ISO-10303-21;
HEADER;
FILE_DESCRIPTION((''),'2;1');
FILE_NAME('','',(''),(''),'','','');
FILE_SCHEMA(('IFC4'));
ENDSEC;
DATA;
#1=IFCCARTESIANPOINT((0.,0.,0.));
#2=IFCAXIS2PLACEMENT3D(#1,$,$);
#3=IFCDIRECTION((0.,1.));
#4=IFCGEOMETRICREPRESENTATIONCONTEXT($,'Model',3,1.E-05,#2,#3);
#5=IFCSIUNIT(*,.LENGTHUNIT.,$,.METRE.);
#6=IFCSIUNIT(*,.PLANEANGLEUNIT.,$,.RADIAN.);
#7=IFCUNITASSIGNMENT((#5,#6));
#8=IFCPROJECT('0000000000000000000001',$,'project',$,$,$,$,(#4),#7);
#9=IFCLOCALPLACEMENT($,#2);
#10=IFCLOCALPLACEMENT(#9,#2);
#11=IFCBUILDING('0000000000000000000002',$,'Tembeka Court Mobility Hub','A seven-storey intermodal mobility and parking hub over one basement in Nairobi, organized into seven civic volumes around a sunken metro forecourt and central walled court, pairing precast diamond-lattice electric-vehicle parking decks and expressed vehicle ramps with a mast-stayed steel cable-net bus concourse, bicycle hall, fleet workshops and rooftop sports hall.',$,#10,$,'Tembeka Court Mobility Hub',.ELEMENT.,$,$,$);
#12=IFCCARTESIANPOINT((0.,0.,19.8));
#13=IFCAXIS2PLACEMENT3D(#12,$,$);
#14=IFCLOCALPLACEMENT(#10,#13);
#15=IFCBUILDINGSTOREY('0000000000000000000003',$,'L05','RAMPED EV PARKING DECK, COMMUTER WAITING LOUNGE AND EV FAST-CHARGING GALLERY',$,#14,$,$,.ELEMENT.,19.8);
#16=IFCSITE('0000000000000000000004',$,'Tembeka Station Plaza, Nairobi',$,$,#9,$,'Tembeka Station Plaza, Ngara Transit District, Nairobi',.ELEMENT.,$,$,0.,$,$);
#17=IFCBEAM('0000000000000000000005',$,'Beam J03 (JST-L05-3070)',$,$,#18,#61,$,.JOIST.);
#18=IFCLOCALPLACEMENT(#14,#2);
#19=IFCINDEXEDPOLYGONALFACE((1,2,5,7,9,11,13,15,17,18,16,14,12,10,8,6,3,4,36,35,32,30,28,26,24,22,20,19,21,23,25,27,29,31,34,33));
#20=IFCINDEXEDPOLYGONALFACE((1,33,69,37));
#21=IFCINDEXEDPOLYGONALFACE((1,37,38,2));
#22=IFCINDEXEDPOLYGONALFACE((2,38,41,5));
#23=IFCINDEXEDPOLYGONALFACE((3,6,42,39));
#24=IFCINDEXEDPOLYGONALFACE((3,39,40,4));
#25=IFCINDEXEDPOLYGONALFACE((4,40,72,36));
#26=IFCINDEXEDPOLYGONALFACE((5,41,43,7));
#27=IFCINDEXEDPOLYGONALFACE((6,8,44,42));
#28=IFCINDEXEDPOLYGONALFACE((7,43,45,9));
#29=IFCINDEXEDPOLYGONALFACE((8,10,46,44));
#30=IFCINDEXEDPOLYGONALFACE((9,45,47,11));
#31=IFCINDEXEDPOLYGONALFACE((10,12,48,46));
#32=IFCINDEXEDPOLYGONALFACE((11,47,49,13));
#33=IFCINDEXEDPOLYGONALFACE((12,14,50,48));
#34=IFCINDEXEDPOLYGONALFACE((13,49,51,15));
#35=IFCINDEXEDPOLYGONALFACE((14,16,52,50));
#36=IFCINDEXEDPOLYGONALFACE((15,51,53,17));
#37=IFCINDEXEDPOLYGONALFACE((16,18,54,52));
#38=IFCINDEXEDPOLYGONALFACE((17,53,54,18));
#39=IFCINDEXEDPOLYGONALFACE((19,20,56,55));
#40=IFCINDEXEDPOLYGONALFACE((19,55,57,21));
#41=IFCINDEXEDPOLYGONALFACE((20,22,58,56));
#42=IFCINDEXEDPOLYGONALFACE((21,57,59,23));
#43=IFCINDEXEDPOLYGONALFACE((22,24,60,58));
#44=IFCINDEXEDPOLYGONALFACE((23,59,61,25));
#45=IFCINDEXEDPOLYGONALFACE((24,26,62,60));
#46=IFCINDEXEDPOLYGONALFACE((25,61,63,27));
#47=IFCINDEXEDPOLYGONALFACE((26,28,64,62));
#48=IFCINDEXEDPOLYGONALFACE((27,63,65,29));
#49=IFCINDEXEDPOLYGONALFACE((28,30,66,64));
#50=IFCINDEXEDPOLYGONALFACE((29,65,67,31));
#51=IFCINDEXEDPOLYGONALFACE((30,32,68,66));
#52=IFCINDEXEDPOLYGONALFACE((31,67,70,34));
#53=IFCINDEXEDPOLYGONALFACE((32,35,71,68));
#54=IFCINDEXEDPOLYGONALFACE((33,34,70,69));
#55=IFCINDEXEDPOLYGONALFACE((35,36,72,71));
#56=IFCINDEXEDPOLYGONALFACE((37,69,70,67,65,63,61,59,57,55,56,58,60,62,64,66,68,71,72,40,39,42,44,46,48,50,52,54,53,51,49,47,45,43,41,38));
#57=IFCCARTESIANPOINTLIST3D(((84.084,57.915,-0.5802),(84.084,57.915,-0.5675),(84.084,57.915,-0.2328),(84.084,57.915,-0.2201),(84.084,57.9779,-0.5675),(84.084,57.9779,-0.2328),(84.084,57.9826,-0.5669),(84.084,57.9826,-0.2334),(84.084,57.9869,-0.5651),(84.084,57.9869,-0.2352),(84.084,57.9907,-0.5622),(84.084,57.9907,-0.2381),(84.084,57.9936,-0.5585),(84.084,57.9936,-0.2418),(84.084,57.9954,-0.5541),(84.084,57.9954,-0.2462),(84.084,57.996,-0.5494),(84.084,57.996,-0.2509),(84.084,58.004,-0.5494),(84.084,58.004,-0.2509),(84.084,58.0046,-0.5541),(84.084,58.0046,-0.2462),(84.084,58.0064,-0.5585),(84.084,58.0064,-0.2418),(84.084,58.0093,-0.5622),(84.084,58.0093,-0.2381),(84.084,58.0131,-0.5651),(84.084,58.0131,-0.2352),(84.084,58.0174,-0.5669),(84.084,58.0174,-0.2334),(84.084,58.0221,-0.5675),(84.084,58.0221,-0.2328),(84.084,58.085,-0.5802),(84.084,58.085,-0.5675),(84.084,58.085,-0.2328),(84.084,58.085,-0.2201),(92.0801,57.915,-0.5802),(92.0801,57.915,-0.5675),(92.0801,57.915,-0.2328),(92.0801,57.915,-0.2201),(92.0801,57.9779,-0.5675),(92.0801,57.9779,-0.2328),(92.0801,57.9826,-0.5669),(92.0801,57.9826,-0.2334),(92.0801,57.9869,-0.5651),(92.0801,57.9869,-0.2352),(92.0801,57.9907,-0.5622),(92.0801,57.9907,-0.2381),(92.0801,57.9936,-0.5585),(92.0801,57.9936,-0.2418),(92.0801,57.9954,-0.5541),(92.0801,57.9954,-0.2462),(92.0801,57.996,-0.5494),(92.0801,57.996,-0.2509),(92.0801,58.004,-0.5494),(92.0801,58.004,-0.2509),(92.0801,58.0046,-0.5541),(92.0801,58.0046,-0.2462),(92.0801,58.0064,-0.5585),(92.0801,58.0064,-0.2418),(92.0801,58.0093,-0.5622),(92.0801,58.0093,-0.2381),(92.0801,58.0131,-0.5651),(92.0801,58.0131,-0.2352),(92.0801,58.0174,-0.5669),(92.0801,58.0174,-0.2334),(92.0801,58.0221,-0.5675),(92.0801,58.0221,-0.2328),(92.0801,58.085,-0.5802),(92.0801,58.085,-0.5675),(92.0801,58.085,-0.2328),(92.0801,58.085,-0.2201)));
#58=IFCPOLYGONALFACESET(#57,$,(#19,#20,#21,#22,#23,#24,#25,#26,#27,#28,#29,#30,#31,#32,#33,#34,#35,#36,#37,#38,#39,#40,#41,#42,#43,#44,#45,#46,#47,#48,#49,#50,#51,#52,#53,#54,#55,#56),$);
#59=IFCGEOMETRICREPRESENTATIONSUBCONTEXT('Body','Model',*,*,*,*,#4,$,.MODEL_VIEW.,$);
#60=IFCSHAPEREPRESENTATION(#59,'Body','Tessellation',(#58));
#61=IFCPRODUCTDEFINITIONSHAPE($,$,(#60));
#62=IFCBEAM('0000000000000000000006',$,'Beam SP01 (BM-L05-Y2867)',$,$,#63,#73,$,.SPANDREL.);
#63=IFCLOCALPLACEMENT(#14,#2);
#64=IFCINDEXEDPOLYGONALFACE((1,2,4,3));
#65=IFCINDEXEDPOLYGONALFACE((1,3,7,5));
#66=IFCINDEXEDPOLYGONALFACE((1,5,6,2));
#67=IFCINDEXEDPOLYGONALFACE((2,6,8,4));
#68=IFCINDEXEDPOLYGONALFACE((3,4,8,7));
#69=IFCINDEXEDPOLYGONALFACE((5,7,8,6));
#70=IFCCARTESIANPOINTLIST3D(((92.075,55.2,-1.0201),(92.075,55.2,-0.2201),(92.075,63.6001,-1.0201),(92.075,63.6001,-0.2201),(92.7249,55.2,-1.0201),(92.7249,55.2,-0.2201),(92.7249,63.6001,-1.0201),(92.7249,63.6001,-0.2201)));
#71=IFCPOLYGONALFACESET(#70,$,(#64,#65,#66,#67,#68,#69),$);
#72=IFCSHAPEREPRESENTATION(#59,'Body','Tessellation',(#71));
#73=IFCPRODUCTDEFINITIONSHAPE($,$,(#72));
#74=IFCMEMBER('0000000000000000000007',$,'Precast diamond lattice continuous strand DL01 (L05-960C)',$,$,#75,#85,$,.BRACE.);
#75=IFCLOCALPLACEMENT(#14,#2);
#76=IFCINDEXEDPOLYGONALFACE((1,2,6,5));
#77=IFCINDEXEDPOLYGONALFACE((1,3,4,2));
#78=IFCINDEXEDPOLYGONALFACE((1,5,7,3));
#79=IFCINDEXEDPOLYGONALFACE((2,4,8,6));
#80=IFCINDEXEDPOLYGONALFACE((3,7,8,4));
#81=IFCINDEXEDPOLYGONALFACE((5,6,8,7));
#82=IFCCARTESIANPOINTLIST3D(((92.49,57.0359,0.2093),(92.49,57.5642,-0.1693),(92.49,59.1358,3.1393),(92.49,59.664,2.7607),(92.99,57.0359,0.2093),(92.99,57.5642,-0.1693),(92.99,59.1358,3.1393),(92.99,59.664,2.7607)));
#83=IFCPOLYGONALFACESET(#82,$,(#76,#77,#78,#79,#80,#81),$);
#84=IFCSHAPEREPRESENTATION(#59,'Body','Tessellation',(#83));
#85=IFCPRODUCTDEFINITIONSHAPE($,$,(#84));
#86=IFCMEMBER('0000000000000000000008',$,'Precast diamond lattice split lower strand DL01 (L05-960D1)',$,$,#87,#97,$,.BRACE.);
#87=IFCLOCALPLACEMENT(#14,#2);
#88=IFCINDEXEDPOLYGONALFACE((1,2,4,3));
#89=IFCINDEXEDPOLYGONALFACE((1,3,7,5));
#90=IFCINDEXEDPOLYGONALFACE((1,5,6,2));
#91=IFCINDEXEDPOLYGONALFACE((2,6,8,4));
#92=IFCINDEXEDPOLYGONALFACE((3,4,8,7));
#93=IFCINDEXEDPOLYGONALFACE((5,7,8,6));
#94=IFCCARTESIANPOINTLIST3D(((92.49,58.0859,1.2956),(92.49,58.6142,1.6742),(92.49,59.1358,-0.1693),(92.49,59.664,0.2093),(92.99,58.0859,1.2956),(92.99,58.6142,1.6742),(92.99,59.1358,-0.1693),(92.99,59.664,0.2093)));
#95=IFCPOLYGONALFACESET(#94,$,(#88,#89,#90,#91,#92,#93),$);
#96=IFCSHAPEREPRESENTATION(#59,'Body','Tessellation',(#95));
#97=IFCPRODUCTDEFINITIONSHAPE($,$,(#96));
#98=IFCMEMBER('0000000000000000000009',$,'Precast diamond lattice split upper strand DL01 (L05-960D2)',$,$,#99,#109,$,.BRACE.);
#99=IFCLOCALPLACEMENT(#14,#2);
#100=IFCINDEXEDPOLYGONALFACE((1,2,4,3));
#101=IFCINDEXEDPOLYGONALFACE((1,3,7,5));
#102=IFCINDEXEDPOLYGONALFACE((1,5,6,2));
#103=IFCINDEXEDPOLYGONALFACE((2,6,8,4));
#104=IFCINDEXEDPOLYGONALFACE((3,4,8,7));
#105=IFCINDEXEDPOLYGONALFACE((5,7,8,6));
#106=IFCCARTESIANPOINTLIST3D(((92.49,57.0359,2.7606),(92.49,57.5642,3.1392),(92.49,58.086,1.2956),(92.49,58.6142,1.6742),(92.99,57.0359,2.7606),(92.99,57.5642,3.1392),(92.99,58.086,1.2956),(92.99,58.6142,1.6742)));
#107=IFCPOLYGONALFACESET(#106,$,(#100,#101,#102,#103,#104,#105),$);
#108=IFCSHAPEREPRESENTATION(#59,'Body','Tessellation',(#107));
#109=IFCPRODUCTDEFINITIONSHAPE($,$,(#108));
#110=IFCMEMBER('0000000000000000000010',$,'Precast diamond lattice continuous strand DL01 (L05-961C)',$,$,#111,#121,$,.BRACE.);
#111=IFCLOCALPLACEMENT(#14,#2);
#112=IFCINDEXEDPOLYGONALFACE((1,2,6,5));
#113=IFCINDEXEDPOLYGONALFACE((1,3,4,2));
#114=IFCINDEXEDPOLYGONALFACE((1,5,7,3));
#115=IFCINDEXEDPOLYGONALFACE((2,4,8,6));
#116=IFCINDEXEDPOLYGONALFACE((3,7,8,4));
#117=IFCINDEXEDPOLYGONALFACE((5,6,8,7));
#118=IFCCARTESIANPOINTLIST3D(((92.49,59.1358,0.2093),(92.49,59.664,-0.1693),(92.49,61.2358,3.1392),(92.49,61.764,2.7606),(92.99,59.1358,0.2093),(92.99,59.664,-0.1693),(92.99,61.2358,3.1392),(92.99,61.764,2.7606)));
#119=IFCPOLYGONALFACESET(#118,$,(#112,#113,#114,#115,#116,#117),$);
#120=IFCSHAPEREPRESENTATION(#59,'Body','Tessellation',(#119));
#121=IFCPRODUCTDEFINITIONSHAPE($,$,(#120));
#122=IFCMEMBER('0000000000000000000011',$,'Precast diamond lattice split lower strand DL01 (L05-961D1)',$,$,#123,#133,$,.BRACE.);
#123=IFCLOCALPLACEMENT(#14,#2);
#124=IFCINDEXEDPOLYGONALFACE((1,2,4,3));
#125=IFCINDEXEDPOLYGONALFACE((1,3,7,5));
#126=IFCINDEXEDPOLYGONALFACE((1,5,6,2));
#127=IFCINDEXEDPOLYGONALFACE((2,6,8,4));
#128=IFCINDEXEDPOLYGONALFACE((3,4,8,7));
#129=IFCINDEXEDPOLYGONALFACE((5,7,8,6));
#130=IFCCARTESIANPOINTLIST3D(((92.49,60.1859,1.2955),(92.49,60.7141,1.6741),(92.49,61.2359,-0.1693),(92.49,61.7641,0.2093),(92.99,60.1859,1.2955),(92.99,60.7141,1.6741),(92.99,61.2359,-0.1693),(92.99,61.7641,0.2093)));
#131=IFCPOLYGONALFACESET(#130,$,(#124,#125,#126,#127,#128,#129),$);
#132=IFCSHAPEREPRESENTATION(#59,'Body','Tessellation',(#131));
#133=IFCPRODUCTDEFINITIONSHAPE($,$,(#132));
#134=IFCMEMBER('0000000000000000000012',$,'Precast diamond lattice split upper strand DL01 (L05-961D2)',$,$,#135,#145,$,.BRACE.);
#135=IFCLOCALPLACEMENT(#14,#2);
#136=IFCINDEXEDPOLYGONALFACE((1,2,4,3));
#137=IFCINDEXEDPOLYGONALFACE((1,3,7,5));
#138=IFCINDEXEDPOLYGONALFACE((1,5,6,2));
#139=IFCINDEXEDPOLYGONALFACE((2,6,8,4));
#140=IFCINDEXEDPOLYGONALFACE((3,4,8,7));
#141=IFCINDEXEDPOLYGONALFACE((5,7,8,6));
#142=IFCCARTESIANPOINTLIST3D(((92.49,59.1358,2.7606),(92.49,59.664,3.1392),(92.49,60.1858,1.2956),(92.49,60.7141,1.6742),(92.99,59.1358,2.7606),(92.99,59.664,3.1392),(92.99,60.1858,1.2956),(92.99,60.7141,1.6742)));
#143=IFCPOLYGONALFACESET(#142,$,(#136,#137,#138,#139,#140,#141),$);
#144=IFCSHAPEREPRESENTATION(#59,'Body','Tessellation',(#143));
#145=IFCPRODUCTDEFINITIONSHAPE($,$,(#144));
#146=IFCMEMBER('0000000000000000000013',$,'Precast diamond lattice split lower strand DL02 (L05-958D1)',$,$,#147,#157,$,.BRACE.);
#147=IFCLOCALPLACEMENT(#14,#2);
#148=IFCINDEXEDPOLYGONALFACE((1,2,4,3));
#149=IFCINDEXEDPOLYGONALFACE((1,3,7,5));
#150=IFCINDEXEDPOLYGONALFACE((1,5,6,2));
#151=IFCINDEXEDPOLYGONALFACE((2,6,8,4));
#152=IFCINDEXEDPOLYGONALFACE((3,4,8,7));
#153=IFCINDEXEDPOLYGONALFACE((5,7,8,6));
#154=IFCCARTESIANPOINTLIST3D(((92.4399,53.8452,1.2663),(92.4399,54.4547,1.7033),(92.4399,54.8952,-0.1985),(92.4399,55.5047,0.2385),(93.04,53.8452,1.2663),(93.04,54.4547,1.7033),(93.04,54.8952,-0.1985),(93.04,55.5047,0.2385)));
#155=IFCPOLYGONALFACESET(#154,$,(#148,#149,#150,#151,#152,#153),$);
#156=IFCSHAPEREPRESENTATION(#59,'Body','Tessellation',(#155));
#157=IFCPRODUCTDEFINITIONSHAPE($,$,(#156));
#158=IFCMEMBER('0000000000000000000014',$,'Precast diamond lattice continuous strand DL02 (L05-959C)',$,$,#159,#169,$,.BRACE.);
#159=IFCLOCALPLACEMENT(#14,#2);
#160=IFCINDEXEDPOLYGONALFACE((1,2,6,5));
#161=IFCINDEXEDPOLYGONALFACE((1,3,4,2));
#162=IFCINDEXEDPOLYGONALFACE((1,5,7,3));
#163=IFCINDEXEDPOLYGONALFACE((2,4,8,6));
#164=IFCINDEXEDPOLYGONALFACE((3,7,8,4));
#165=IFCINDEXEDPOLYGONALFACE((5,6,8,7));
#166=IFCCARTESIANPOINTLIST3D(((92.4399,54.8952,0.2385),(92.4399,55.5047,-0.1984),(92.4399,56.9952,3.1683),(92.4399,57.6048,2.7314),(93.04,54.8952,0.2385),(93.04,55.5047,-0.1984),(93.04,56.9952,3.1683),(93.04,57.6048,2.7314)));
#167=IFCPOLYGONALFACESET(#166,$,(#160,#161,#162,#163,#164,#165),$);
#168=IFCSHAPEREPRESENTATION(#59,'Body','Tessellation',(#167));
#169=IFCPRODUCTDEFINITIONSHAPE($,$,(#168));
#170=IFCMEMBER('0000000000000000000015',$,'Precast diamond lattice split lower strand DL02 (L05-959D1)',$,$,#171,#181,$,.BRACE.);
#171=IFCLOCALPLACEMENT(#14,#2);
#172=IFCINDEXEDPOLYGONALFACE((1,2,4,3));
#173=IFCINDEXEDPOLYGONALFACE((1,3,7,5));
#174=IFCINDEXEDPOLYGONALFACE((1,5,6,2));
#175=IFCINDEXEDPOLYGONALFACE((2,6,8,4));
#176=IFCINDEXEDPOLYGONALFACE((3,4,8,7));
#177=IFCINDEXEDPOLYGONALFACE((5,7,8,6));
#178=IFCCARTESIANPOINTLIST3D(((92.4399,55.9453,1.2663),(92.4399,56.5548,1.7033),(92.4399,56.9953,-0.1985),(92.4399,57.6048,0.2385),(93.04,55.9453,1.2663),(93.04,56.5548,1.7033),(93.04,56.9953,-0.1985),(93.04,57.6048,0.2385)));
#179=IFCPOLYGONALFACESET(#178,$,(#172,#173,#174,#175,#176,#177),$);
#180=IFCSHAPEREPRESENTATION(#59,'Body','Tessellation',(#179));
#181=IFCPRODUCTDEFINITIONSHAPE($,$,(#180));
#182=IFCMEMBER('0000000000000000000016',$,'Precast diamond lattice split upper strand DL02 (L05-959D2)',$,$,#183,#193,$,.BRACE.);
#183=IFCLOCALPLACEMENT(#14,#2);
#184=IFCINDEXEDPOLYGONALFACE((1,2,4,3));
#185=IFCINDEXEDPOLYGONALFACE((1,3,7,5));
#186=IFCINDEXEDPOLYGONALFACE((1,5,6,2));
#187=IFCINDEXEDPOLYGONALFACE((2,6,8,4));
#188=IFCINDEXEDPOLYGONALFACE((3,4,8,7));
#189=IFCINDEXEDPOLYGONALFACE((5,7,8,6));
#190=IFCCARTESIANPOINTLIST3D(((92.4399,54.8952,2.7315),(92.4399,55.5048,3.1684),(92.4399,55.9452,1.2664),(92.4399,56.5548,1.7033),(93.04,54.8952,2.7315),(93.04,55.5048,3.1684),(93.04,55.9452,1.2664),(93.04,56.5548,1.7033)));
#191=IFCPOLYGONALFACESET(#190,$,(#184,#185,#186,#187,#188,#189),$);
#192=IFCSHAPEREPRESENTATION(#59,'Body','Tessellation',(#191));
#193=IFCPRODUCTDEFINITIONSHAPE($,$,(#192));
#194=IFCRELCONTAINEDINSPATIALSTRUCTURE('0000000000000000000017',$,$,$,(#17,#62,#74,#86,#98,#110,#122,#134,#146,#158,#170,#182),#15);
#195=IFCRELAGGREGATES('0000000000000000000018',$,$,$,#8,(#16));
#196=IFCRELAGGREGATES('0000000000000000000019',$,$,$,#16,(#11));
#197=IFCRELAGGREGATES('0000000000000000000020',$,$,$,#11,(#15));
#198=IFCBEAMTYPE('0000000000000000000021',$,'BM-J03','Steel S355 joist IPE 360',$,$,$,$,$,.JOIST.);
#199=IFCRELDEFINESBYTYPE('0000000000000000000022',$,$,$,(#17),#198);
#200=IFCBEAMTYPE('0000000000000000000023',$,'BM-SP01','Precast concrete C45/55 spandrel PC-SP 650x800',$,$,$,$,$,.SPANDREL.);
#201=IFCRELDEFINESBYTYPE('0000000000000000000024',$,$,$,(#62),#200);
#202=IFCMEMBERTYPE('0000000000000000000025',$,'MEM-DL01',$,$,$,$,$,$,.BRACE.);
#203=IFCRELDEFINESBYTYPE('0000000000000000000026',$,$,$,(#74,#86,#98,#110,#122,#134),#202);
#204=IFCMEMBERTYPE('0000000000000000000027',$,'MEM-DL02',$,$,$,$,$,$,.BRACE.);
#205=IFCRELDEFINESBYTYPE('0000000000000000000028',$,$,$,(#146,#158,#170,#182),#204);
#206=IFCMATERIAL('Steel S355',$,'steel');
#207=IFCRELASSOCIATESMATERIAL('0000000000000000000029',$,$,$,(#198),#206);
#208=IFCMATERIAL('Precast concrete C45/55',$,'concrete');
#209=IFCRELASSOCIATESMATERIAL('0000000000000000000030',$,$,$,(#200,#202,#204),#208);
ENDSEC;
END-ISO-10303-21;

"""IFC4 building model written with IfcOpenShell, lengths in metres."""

from ifc_helpers import new_model, si_unit, direction, frame, origin, origin_2d, place, context, subcontext, project, spatial, rectangle, i_section, extrude, material, material_profile, profile_set, type_object, element, save


model = new_model("IFC4")

# Units and contexts
model_context = context("Model", 3, precision=1e-05, world=origin(), true_north=direction((0.0, 1.0)))
body_context = subcontext(model_context, "Body", "Model", "MODEL_VIEW")
ifc_project = project(units=[si_unit("LENGTHUNIT", "METRE"), si_unit("PLANEANGLEUNIT", "RADIAN")], contexts=[model_context])

# Site, building, storey
site_placement = place(None, origin())
site = spatial("IfcSite", under=ifc_project, at=site_placement, Name="Tembeka Station Plaza, Nairobi", LongName="Tembeka Station Plaza, Ngara Transit District, Nairobi", CompositionType="ELEMENT", RefElevation=0.0)
building_placement = place(site_placement, origin())
building = spatial("IfcBuilding", under=site, at=building_placement, Name="Tembeka Court Mobility Hub", Description="A seven-storey intermodal mobility and parking hub over one basement in Nairobi, organized into seven civic volumes around a sunken metro forecourt and central walled court, pairing precast diamond-lattice electric-vehicle parking decks and expressed vehicle ramps with a mast-stayed steel cable-net bus concourse, bicycle hall, fleet workshops and rooftop sports hall.", LongName="Tembeka Court Mobility Hub", CompositionType="ELEMENT")
storey_placement = place(building_placement, frame((0.0, 0.0, 19.8)))
storey = spatial("IfcBuildingStorey", under=building, at=storey_placement, Name="L05", Description="RAMPED EV PARKING DECK, COMMUTER WAITING LOUNGE AND EV FAST-CHARGING GALLERY", CompositionType="ELEMENT", Elevation=19.8)

# Shared definitions
ifc_material_1 = material(Name="Steel S355", Category="steel")

# Beams
ifc_material_profile_1 = material_profile(ifc_material_1, i_section(OverallWidth=0.1699, OverallDepth=0.3601, WebThickness=0.0081, FlangeThickness=0.0127, FilletRadius=0.0181, at=origin_2d()), Name="IPE 360")
ifc_profile_set_1 = profile_set([ifc_material_profile_1], Name="Steel S355")
beam_type_1 = type_object("IfcBeamType", Name="BM-J03", Description="Steel S355 joist IPE 360", PredefinedType="JOIST", material=ifc_profile_set_1)
beam_1_placement = place(storey_placement, frame((84.084, 58.0, -0.4001), z_axis=(1.0, 0.0, 0.0), x_axis=(0.0, 1.0, 0.0)))
element("IfcBeam", 1, at=beam_1_placement, inside=storey, type_object=beam_type_1, Name="Beam J03 (JST-L05-3070)", PredefinedType="JOIST", context=body_context, shape_type="SweptSolid", body=[
    extrude(i_section(OverallWidth=0.1699, OverallDepth=0.3601, WebThickness=0.0081, FlangeThickness=0.0127, FilletRadius=0.0181, at=origin_2d()), origin(), (0.0, 0.0, 1.0), 7.9961),
])
ifc_material_2 = material(Name="Precast concrete C45/55", Category="concrete")
ifc_material_profile_2 = material_profile(ifc_material_2, rectangle(XDim=0.6499, YDim=0.8, at=origin_2d()), Name="PC-SP 650x800")
ifc_profile_set_2 = profile_set([ifc_material_profile_2], Name="Precast concrete C45/55")
beam_type_2 = type_object("IfcBeamType", Name="BM-SP01", Description="Precast concrete C45/55 spandrel PC-SP 650x800", PredefinedType="SPANDREL", material=ifc_profile_set_2)
beam_2_placement = place(storey_placement, frame((92.3999, 55.2, -0.6201), z_axis=(0.0, 1.0, 0.0), x_axis=(-1.0, 0.0, 0.0)))
element("IfcBeam", 2, at=beam_2_placement, inside=storey, type_object=beam_type_2, Name="Beam SP01 (BM-L05-Y2867)", PredefinedType="SPANDREL", context=body_context, shape_type="SweptSolid", body=[
    extrude(rectangle(XDim=0.6499, YDim=0.8, at=origin_2d()), origin(), (0.0, 0.0, 1.0), 8.4001),
])

# Members
ifc_material_profile_3 = material_profile(ifc_material_2, rectangle(XDim=0.5, YDim=0.6499, at=origin_2d()), Name="PC-DIAG 500x650")
ifc_profile_set_3 = profile_set([ifc_material_profile_3], Name="Precast concrete C45/55")
member_type_1 = type_object("IfcMemberType", Name="MEM-DL01", PredefinedType="BRACE", material=ifc_profile_set_3)
member_1_placement = place(storey_placement, frame((92.74, 57.3, 0.02), z_axis=(0.0, 0.582532, 0.812808), x_axis=(-1.0, 0.0, 0.0)))
element("IfcMember", 3, at=member_1_placement, inside=storey, type_object=member_type_1, Name="Precast diamond lattice continuous strand DL01 (L05-960C)", PredefinedType="BRACE", context=body_context, shape_type="SweptSolid", body=[
    extrude(rectangle(XDim=0.5, YDim=0.6499, at=origin_2d()), origin(), (0.0, 0.0, 1.0), 3.6047),
])
member_2_placement = place(storey_placement, frame((92.74, 59.3999, 0.02), z_axis=(0.0, -0.582519, 0.812817), x_axis=(1.0, 0.0, 0.0)))
element("IfcMember", 4, at=member_2_placement, inside=storey, type_object=member_type_1, Name="Precast diamond lattice split lower strand DL01 (L05-960D1)", PredefinedType="BRACE", context=body_context, shape_type="SweptSolid", body=[
    extrude(rectangle(XDim=0.5, YDim=0.6499, at=origin_2d()), origin(), (0.0, 0.0, 1.0), 1.8022),
])
member_3_placement = place(storey_placement, frame((92.74, 58.3501, 1.4849), z_axis=(0.0, -0.582544, 0.812799), x_axis=(1.0, 0.0, 0.0)))
element("IfcMember", 5, at=member_3_placement, inside=storey, type_object=member_type_1, Name="Precast diamond lattice split upper strand DL01 (L05-960D2)", PredefinedType="BRACE", context=body_context, shape_type="SweptSolid", body=[
    extrude(rectangle(XDim=0.5, YDim=0.6499, at=origin_2d()), origin(), (0.0, 0.0, 1.0), 1.8025),
])
member_4_placement = place(storey_placement, frame((92.74, 59.3999, 0.02), z_axis=(0.0, 0.582576, 0.812776), x_axis=(-1.0, 0.0, 0.0)))
element("IfcMember", 6, at=member_4_placement, inside=storey, type_object=member_type_1, Name="Precast diamond lattice continuous strand DL01 (L05-961C)", PredefinedType="BRACE", context=body_context, shape_type="SweptSolid", body=[
    extrude(rectangle(XDim=0.5, YDim=0.6499, at=origin_2d()), origin(), (0.0, 0.0, 1.0), 3.6047),
])
member_5_placement = place(storey_placement, frame((92.74, 61.5, 0.02), z_axis=(0.0, -0.582608, 0.812753), x_axis=(1.0, 0.0, 0.0)))
element("IfcMember", 7, at=member_5_placement, inside=storey, type_object=member_type_1, Name="Precast diamond lattice split lower strand DL01 (L05-961D1)", PredefinedType="BRACE", context=body_context, shape_type="SweptSolid", body=[
    extrude(rectangle(XDim=0.5, YDim=0.6499, at=origin_2d()), origin(), (0.0, 0.0, 1.0), 1.8022),
])
member_6_placement = place(storey_placement, frame((92.74, 60.45, 1.4849), z_axis=(0.0, -0.582544, 0.812799), x_axis=(1.0, 0.0, 0.0)))
element("IfcMember", 8, at=member_6_placement, inside=storey, type_object=member_type_1, Name="Precast diamond lattice split upper strand DL01 (L05-961D2)", PredefinedType="BRACE", context=body_context, shape_type="SweptSolid", body=[
    extrude(rectangle(XDim=0.5, YDim=0.6499, at=origin_2d()), origin(), (0.0, 0.0, 1.0), 1.8025),
])
ifc_material_profile_4 = material_profile(ifc_material_2, rectangle(XDim=0.6001, YDim=0.75, at=origin_2d()), Name="PC-DIAG 600x750")
ifc_profile_set_4 = profile_set([ifc_material_profile_4], Name="Precast concrete C45/55")
member_type_2 = type_object("IfcMemberType", Name="MEM-DL02", PredefinedType="BRACE", material=ifc_profile_set_4)
member_7_placement = place(storey_placement, frame((92.74, 55.2, 0.02), z_axis=(0.0, -0.582608, 0.812753), x_axis=(1.0, 0.0, 0.0)))
element("IfcMember", 9, at=member_7_placement, inside=storey, type_object=member_type_2, Name="Precast diamond lattice split lower strand DL02 (L05-958D1)", PredefinedType="BRACE", context=body_context, shape_type="SweptSolid", body=[
    extrude(rectangle(XDim=0.6001, YDim=0.75, at=origin_2d()), origin(), (0.0, 0.0, 1.0), 1.8022),
])
member_8_placement = place(storey_placement, frame((92.74, 55.2, 0.02), z_axis=(0.0, 0.582576, 0.812776), x_axis=(-1.0, 0.0, 0.0)))
element("IfcMember", 10, at=member_8_placement, inside=storey, type_object=member_type_2, Name="Precast diamond lattice continuous strand DL02 (L05-959C)", PredefinedType="BRACE", context=body_context, shape_type="SweptSolid", body=[
    extrude(rectangle(XDim=0.6001, YDim=0.75, at=origin_2d()), origin(), (0.0, 0.0, 1.0), 3.6047),
])
member_9_placement = place(storey_placement, frame((92.74, 57.3, 0.02), z_axis=(0.0, -0.582608, 0.812753), x_axis=(1.0, 0.0, 0.0)))
element("IfcMember", 11, at=member_9_placement, inside=storey, type_object=member_type_2, Name="Precast diamond lattice split lower strand DL02 (L05-959D1)", PredefinedType="BRACE", context=body_context, shape_type="SweptSolid", body=[
    extrude(rectangle(XDim=0.6001, YDim=0.75, at=origin_2d()), origin(), (0.0, 0.0, 1.0), 1.8022),
])
member_10_placement = place(storey_placement, frame((92.74, 56.25, 1.4849), z_axis=(0.0, -0.582544, 0.812799), x_axis=(1.0, 0.0, 0.0)))
element("IfcMember", 12, at=member_10_placement, inside=storey, type_object=member_type_2, Name="Precast diamond lattice split upper strand DL02 (L05-959D2)", PredefinedType="BRACE", context=body_context, shape_type="SweptSolid", body=[
    extrude(rectangle(XDim=0.6001, YDim=0.75, at=origin_2d()), origin(), (0.0, 0.0, 1.0), 1.8025),
])

save(model, "model.ifc")
